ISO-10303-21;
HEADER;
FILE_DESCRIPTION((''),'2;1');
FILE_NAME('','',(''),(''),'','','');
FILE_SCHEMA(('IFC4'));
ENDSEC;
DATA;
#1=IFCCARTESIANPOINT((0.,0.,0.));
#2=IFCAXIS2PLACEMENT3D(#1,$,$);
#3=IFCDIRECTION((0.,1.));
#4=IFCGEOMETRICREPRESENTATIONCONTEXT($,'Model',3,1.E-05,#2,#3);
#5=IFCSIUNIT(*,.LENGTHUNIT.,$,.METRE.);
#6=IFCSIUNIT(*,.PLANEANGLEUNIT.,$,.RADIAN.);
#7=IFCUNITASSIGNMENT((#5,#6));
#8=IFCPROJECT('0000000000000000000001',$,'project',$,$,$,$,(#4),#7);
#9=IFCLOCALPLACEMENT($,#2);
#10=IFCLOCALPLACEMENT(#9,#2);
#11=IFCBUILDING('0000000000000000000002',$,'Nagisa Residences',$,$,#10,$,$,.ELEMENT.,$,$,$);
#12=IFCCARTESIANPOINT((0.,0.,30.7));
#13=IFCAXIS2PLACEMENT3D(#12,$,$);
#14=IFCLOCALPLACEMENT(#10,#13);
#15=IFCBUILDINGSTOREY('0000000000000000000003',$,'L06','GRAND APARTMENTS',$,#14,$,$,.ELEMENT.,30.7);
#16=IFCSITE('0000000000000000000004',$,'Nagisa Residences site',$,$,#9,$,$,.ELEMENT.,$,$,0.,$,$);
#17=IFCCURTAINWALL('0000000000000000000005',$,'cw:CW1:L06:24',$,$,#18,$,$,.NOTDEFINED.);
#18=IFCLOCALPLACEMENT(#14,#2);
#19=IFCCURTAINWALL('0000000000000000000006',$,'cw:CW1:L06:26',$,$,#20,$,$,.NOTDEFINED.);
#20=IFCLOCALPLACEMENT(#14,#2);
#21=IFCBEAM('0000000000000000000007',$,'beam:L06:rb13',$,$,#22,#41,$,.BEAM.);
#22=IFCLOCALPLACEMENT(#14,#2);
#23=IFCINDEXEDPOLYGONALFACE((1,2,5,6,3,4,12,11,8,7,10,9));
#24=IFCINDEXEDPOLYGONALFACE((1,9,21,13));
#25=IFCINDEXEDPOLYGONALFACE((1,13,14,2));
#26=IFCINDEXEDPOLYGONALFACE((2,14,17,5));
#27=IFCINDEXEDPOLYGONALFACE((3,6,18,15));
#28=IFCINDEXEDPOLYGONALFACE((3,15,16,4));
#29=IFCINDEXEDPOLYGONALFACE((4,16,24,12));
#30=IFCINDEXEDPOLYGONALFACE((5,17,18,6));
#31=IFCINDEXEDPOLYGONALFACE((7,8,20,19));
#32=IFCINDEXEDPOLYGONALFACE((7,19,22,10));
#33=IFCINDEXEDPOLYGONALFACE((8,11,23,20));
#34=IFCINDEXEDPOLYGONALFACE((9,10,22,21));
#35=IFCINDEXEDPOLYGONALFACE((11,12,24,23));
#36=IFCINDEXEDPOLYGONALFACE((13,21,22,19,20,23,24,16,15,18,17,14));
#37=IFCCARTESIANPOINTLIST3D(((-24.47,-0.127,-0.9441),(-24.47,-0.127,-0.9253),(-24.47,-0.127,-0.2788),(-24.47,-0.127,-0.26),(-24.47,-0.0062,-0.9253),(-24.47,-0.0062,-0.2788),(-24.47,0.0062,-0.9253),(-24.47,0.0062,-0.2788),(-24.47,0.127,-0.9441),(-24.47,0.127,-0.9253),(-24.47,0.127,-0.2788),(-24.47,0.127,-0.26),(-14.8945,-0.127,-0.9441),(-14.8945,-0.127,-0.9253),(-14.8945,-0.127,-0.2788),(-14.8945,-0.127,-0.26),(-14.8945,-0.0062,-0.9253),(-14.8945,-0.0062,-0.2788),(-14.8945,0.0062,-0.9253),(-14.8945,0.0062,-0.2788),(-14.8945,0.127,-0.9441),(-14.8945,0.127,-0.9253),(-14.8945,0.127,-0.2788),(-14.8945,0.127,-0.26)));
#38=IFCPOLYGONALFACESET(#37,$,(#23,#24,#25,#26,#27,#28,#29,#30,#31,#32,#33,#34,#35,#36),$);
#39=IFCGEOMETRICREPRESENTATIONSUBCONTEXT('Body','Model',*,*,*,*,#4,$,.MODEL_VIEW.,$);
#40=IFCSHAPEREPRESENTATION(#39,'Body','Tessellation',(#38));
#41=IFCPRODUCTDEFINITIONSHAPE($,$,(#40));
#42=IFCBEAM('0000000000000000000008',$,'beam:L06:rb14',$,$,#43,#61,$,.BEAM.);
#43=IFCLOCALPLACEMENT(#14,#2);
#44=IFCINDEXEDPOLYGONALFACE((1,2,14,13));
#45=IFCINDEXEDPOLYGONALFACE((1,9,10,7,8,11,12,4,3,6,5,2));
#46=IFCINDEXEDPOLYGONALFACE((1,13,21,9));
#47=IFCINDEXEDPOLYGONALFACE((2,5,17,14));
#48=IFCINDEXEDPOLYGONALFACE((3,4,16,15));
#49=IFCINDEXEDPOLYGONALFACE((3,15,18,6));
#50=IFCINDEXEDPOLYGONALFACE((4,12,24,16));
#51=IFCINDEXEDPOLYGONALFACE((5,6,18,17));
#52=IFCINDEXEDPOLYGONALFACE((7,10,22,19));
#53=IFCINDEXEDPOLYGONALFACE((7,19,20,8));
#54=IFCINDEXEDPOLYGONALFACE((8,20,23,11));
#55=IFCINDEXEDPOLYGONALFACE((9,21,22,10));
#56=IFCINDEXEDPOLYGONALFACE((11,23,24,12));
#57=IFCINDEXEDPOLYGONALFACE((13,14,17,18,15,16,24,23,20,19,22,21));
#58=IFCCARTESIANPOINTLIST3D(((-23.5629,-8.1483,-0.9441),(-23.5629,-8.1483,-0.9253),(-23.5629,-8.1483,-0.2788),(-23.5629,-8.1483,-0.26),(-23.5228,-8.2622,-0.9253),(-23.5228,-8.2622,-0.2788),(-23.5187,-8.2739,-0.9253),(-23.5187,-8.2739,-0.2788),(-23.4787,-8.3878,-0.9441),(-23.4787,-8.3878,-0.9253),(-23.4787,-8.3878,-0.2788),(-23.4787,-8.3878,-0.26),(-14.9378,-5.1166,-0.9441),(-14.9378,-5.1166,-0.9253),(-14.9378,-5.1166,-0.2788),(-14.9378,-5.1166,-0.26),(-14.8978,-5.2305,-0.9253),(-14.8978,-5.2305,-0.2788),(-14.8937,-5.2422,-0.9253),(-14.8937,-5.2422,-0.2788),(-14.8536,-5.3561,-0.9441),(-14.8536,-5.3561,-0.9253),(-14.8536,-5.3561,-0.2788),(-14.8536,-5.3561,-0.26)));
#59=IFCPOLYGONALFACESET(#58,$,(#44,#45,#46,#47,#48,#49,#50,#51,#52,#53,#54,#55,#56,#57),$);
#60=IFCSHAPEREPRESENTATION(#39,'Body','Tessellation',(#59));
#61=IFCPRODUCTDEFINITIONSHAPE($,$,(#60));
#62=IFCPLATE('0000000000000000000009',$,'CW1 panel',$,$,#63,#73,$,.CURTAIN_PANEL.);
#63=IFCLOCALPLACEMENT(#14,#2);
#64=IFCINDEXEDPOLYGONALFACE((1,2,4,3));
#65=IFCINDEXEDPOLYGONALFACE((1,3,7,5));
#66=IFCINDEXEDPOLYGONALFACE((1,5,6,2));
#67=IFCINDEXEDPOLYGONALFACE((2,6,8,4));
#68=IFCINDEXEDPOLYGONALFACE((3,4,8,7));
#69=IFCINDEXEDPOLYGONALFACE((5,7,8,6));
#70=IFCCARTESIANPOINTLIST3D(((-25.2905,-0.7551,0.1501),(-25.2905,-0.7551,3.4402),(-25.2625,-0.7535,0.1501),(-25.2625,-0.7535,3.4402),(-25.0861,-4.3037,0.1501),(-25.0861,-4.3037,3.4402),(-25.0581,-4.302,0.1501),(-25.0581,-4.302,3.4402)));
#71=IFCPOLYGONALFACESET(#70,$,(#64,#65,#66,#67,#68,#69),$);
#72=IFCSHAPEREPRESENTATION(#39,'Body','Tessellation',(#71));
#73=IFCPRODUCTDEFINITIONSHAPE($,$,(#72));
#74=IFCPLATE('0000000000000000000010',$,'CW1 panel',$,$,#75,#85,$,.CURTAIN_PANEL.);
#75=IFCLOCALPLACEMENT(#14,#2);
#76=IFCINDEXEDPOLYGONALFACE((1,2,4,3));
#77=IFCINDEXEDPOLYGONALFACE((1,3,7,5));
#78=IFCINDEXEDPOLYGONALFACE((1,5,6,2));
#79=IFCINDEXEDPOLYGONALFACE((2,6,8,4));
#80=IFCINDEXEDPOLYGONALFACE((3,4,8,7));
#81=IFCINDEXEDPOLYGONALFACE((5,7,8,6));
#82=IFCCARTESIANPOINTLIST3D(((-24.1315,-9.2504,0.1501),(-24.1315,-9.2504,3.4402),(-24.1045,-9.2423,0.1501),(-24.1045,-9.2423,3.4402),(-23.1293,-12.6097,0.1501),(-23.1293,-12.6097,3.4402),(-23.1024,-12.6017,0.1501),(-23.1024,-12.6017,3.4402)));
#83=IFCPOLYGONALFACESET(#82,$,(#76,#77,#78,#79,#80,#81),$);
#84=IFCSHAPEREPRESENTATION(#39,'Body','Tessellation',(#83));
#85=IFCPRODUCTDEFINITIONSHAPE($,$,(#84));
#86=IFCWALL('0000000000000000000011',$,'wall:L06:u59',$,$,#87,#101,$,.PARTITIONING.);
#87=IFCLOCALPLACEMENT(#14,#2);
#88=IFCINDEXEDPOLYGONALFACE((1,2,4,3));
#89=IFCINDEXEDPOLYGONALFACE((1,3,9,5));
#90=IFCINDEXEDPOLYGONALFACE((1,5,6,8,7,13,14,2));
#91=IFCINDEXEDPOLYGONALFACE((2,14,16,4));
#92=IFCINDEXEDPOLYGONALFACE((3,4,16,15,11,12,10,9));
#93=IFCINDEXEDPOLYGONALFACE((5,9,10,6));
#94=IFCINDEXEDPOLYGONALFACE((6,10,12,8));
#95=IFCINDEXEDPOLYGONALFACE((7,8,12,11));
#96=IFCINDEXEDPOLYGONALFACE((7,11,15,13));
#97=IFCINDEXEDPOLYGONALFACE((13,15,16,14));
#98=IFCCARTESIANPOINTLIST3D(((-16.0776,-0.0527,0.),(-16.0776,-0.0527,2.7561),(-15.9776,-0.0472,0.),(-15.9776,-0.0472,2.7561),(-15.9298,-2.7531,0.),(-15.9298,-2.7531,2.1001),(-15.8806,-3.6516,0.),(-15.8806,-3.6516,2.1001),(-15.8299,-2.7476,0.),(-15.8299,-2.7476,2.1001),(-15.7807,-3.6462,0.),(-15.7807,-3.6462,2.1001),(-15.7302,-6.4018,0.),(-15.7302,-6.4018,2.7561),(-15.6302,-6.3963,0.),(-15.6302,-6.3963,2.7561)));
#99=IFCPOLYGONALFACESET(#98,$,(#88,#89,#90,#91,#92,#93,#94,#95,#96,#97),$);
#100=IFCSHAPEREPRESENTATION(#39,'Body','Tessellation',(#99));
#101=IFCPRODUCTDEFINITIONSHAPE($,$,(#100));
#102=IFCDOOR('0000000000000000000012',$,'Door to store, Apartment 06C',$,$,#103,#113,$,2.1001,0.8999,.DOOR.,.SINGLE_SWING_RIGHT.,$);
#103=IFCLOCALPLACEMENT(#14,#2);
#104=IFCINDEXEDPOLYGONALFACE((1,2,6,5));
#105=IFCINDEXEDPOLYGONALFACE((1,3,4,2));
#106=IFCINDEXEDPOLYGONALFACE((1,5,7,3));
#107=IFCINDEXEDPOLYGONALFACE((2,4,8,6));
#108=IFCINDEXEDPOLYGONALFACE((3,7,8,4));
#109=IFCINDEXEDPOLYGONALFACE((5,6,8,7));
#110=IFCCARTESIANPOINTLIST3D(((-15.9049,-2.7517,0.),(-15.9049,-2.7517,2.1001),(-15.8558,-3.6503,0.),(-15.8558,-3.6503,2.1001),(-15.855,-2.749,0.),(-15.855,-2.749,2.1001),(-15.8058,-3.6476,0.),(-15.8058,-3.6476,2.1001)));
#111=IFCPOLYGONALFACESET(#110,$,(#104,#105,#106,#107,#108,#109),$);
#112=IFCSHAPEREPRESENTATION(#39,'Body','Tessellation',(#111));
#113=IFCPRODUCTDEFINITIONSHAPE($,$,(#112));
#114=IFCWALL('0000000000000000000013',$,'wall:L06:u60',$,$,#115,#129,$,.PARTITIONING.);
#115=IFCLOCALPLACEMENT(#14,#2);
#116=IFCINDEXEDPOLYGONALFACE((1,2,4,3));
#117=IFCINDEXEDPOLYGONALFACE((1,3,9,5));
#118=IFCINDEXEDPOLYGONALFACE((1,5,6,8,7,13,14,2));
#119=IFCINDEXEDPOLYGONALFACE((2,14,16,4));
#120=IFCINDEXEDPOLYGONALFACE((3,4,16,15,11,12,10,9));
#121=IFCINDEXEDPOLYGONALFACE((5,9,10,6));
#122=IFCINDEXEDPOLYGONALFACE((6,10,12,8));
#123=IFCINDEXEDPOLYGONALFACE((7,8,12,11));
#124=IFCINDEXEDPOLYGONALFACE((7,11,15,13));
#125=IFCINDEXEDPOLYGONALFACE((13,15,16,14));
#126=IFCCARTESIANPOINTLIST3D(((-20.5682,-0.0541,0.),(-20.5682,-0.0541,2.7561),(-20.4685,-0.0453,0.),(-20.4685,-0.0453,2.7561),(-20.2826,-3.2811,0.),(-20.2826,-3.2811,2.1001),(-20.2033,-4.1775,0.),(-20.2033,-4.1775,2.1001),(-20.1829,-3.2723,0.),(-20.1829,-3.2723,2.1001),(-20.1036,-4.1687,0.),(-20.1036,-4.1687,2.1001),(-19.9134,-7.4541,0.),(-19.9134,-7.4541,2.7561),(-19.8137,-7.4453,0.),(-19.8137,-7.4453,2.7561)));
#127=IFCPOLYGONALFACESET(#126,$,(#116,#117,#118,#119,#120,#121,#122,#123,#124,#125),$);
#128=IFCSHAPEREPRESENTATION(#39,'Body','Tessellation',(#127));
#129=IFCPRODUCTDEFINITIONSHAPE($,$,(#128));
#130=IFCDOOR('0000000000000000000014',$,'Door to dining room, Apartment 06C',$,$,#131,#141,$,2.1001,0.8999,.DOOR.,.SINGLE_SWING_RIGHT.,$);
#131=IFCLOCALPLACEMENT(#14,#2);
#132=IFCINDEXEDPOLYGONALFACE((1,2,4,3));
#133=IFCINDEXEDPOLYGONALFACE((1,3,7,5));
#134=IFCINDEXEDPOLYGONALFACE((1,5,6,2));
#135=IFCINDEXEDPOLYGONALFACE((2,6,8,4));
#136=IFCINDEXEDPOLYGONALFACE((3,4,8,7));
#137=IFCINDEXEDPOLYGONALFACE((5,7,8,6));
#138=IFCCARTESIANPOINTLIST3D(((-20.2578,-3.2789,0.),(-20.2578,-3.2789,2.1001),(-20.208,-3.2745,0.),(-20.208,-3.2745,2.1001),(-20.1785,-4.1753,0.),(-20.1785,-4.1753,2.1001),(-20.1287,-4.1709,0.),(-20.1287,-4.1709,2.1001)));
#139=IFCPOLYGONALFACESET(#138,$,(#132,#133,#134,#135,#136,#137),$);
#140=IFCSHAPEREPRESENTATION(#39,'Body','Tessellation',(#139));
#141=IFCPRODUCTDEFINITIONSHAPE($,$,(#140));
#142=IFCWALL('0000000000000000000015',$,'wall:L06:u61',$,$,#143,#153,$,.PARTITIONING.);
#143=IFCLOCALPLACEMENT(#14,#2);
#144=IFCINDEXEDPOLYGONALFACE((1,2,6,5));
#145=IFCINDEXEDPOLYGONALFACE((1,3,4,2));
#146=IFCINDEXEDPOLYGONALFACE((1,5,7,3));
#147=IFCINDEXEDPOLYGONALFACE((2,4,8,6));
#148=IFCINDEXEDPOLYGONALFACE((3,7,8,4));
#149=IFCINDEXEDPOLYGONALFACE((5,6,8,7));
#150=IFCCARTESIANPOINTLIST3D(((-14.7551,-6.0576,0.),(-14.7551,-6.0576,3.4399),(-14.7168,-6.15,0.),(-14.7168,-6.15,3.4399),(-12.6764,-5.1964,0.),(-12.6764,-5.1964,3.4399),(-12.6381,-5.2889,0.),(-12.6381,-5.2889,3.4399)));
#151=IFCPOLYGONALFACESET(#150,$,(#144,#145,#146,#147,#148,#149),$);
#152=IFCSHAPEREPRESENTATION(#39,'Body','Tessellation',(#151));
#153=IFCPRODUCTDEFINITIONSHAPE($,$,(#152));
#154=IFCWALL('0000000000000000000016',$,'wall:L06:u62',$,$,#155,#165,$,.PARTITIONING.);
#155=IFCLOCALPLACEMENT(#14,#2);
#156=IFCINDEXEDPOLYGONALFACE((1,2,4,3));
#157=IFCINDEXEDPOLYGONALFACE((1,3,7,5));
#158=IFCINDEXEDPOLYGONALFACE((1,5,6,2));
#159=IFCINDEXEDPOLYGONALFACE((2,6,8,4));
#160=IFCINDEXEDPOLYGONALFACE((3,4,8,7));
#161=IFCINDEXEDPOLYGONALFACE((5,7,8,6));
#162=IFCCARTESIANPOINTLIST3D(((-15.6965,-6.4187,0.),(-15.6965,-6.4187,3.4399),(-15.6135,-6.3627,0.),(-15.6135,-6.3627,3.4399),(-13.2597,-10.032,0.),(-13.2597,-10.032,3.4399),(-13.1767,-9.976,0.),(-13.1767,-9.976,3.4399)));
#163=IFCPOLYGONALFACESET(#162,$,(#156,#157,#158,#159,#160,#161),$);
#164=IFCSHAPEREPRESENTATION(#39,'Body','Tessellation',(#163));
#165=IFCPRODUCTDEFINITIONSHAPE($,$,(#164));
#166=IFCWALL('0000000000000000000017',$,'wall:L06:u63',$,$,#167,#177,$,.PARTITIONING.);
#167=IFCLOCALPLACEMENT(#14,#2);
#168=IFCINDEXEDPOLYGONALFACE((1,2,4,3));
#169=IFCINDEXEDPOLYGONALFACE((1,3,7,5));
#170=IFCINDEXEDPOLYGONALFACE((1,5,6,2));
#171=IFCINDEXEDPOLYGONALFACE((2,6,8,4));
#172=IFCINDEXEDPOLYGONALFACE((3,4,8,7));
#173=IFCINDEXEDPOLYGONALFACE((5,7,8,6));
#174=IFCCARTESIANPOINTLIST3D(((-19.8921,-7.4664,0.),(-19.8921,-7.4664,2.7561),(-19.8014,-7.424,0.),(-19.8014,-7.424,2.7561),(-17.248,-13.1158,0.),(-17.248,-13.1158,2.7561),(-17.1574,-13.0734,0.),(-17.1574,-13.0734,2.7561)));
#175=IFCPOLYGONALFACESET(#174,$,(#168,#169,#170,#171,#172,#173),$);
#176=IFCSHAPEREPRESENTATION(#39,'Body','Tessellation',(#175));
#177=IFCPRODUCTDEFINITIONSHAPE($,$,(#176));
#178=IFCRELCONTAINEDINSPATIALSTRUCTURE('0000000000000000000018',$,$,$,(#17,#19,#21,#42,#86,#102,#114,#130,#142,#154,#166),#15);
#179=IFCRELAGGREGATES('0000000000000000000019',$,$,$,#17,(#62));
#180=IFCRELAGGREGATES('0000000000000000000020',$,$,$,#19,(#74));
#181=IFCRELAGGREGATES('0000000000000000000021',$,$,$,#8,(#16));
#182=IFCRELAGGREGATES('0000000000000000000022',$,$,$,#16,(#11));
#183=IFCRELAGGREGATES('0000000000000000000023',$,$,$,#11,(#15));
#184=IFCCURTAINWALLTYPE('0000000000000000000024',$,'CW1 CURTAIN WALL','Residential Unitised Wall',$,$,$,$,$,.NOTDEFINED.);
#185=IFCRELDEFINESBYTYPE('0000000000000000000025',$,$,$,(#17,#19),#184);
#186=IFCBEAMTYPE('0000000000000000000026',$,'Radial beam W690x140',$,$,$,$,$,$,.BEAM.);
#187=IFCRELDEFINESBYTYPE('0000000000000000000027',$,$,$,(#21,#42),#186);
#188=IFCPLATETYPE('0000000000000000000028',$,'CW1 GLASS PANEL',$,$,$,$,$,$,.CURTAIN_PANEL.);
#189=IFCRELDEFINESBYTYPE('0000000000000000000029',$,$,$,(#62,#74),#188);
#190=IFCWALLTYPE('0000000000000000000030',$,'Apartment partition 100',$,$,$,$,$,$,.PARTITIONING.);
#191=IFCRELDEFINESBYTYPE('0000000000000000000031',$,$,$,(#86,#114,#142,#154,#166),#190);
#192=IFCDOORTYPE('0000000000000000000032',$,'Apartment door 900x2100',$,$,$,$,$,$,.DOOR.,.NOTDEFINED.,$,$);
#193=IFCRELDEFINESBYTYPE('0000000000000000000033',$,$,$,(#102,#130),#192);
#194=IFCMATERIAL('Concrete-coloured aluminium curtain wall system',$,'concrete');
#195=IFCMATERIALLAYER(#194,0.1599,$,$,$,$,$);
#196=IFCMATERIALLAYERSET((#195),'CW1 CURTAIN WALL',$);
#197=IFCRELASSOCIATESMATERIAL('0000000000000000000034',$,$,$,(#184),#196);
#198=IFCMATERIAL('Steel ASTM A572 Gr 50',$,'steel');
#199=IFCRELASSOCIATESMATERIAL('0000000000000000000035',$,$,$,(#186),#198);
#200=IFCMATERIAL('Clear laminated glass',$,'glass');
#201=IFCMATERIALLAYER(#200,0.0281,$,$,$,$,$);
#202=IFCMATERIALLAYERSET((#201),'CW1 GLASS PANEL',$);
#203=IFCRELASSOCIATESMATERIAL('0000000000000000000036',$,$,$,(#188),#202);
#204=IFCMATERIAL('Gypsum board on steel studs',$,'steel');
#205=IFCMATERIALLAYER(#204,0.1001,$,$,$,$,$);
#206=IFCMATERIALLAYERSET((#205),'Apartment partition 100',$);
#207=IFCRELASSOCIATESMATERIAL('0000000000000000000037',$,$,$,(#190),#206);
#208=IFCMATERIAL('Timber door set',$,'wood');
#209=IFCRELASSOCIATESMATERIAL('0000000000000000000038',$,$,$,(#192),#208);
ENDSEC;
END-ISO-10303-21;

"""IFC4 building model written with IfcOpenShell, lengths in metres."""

from ifc_helpers import new_model, si_unit, direction, frame, frame_2d, origin, origin_2d, place, context, subcontext, project, spatial, rectangle, i_section, extrude, material, layer, layer_set, material_profile, profile_set, type_object, element, fill, aggregate, save


model = new_model("IFC4")

# Units and contexts
model_context = context("Model", 3, precision=1e-05, world=origin(), true_north=direction((0.0, 1.0)))
body_context = subcontext(model_context, "Body", "Model", "MODEL_VIEW")
ifc_project = project(units=[si_unit("LENGTHUNIT", "METRE"), si_unit("PLANEANGLEUNIT", "RADIAN")], contexts=[model_context])

# Site, building, storey
site_placement = place(None, origin())
site = spatial("IfcSite", under=ifc_project, at=site_placement, Name="Nagisa Residences site", CompositionType="ELEMENT", RefElevation=0.0)
building_placement = place(site_placement, origin())
building = spatial("IfcBuilding", under=site, at=building_placement, Name="Nagisa Residences", CompositionType="ELEMENT")
storey_placement = place(building_placement, frame((0.0, 0.0, 30.7)))
storey = spatial("IfcBuildingStorey", under=building, at=storey_placement, Name="L06", Description="GRAND APARTMENTS", CompositionType="ELEMENT", Elevation=30.7)

# Curtain walls
ifc_material_1 = material(Name="Concrete-coloured aluminium curtain wall system", Category="concrete")
ifc_layer_1 = layer(ifc_material_1, 0.1599)
ifc_layer_set_1 = layer_set([ifc_layer_1], Name="CW1 CURTAIN WALL")
curtain_wall_type = type_object("IfcCurtainWallType", Name="CW1 CURTAIN WALL", Description="Residential Unitised Wall", PredefinedType="NOTDEFINED", material=ifc_layer_set_1)
curtain_wall_1_placement = place(storey_placement, origin())
curtain_wall_1 = element("IfcCurtainWall", 1, at=curtain_wall_1_placement, inside=storey, type_object=curtain_wall_type, Name="cw:CW1:L06:24", PredefinedType="NOTDEFINED")
curtain_wall_2_placement = place(storey_placement, origin())
curtain_wall_2 = element("IfcCurtainWall", 2, at=curtain_wall_2_placement, inside=storey, type_object=curtain_wall_type, Name="cw:CW1:L06:26", PredefinedType="NOTDEFINED")

# Beams
ifc_material_2 = material(Name="Steel ASTM A572 Gr 50", Category="steel")
ifc_material_profile_1 = material_profile(ifc_material_2, i_section(OverallWidth=0.2539, OverallDepth=0.6841, WebThickness=0.0125, FlangeThickness=0.0188, at=origin_2d()), Name="W690x140")
ifc_profile_set_1 = profile_set([ifc_material_profile_1], Name="Steel ASTM A572 Gr 50")
beam_type_1 = type_object("IfcBeamType", Name="Radial beam W690x140", PredefinedType="BEAM", material=ifc_profile_set_1)
beam_1_placement = place(storey_placement, frame((-24.47, 0.0, -0.6021), z_axis=(1.0, 0.0, 0.0), x_axis=(0.0, 1.0, 0.0)))
element("IfcBeam", 3, at=beam_1_placement, inside=storey, type_object=beam_type_1, Name="beam:L06:rb13", PredefinedType="BEAM", context=body_context, shape_type="SweptSolid", body=[
    extrude(i_section(OverallWidth=0.2539, OverallDepth=0.6841, WebThickness=0.0125, FlangeThickness=0.0188, at=origin_2d()), origin(), (0.0, 0.0, 1.0), 9.5754),
])
beam_2_placement = place(storey_placement, frame((-23.5208, -8.2681, -0.6021), z_axis=(0.943415, 0.331616, 0.0), x_axis=(-0.331616, 0.943415, 0.0)))
element("IfcBeam", 4, at=beam_2_placement, inside=storey, type_object=beam_type_1, Name="beam:L06:rb14", PredefinedType="BEAM", context=body_context, shape_type="SweptSolid", body=[
    extrude(i_section(OverallWidth=0.2539, OverallDepth=0.6841, WebThickness=0.0125, FlangeThickness=0.0188, at=origin_2d()), origin(), (0.0, 0.0, 1.0), 9.1423),
])

# Plates
ifc_material_3 = material(Name="Clear laminated glass", Category="glass")
ifc_layer_2 = layer(ifc_material_3, 0.0281)
ifc_layer_set_2 = layer_set([ifc_layer_2], Name="CW1 GLASS PANEL")
plate_type = type_object("IfcPlateType", Name="CW1 GLASS PANEL", PredefinedType="CURTAIN_PANEL", material=ifc_layer_set_2)
plate_1_placement = place(storey_placement, frame((-25.1743, -2.5286, 0.1501), z_axis=(0.0, 0.0, 1.0), x_axis=(0.057503, -0.998345, 0.0)))
plate_1 = element("IfcPlate", 5, at=plate_1_placement, type_object=plate_type, Name="CW1 panel", PredefinedType="CURTAIN_PANEL", context=body_context, shape_type="SweptSolid", body=[
    extrude(rectangle(XDim=3.5544, YDim=0.0281, at=origin_2d()), origin(), (0.0, 0.0, 1.0), 3.29),
])
aggregate(curtain_wall_1, [plate_1])
plate_2_placement = place(storey_placement, frame((-23.6169, -10.926, 0.1501), z_axis=(0.0, 0.0, 1.0), x_axis=(0.28586, -0.958271, 0.0)))
plate_2 = element("IfcPlate", 6, at=plate_2_placement, type_object=plate_type, Name="CW1 panel", PredefinedType="CURTAIN_PANEL", context=body_context, shape_type="SweptSolid", body=[
    extrude(rectangle(XDim=3.5056, YDim=0.0281, at=origin_2d()), origin(), (0.0, 0.0, 1.0), 3.29),
])
aggregate(curtain_wall_2, [plate_2])

# Walls, openings, doors
ifc_material_4 = material(Name="Gypsum board on steel studs", Category="steel")
ifc_layer_3 = layer(ifc_material_4, 0.1001)
ifc_layer_set_3 = layer_set([ifc_layer_3], Name="Apartment partition 100")
wall_type_1 = type_object("IfcWallType", Name="Apartment partition 100", PredefinedType="PARTITIONING", material=ifc_layer_set_3)
wall_1_placement = place(storey_placement, frame((-16.0276, -0.05, 0.0), z_axis=(0.0, 0.0, 1.0), x_axis=(0.054636, -0.998506, 0.0)))
wall_1 = element("IfcWall", 7, at=wall_1_placement, inside=storey, type_object=wall_type_1, Name="wall:L06:u59", PredefinedType="PARTITIONING", context=body_context, shape_type="SweptSolid", body=[
    extrude(rectangle(XDim=6.3586, YDim=0.1001, at=frame_2d((3.1792, 0.0))), origin(), (0.0, 0.0, 1.0), 2.7561),
])
opening_1_placement = place(wall_1_placement, frame((2.7043, 0.0, 0.0)))
opening_1 = element("IfcOpeningElement", 8, at=opening_1_placement, cuts=wall_1, PredefinedType="OPENING", context=body_context, shape_type="SweptSolid", body=[
    extrude(rectangle(XDim=0.8999, YDim=2.1001, at=frame_2d((0.45, 1.05))), frame((0.0, 0.0601, 0.0), z_axis=(0.0, -1.0, 0.0), x_axis=(1.0, 0.0, 0.0)), (0.0, 0.0, 1.0), 0.1201),
])
ifc_material_5 = material(Name="Timber door set", Category="wood")
door_type_1 = type_object("IfcDoorType", Name="Apartment door 900x2100", OperationType="NOTDEFINED", PredefinedType="DOOR", material=ifc_material_5)
door_1_placement = place(opening_1_placement, origin())
door_1 = element("IfcDoor", 9, at=door_1_placement, inside=storey, type_object=door_type_1, Name="Door to store, Apartment 06C", OperationType="SINGLE_SWING_RIGHT", OverallHeight=2.1001, OverallWidth=0.8999, PredefinedType="DOOR", context=body_context, shape_type="SweptSolid", body=[
    extrude(rectangle(XDim=0.8999, YDim=2.1001, at=frame_2d((0.45, 1.05))), frame((0.0, 0.0249, 0.0), z_axis=(0.0, -1.0, 0.0), x_axis=(1.0, 0.0, 0.0)), (0.0, 0.0, 1.0), 0.05),
])
fill(opening_1, door_1)
wall_2_placement = place(storey_placement, frame((-20.5183, -0.0498, 0.0), z_axis=(0.0, 0.0, 1.0), x_axis=(0.088138, -0.996108, 0.0)))
wall_2 = element("IfcWall", 10, at=wall_2_placement, inside=storey, type_object=wall_type_1, Name="wall:L06:u60", PredefinedType="PARTITIONING", context=body_context, shape_type="SweptSolid", body=[
    extrude(rectangle(XDim=7.429, YDim=0.1001, at=frame_2d((3.7144, 0.0))), origin(), (0.0, 0.0, 1.0), 2.7561),
])
opening_2_placement = place(wall_2_placement, frame((3.2395, 0.0, 0.0)))
opening_2 = element("IfcOpeningElement", 11, at=opening_2_placement, cuts=wall_2, PredefinedType="OPENING", context=body_context, shape_type="SweptSolid", body=[
    extrude(rectangle(XDim=0.8999, YDim=2.1001, at=frame_2d((0.45, 1.05))), frame((0.0, 0.0601, 0.0), z_axis=(0.0, -1.0, 0.0), x_axis=(1.0, 0.0, 0.0)), (0.0, 0.0, 1.0), 0.1201),
])
door_2_placement = place(opening_2_placement, origin())
door_2 = element("IfcDoor", 12, at=door_2_placement, inside=storey, type_object=door_type_1, Name="Door to dining room, Apartment 06C", OperationType="SINGLE_SWING_RIGHT", OverallHeight=2.1001, OverallWidth=0.8999, PredefinedType="DOOR", context=body_context, shape_type="SweptSolid", body=[
    extrude(rectangle(XDim=0.8999, YDim=2.1001, at=frame_2d((0.45, 1.05))), frame((0.0, 0.0249, 0.0), z_axis=(0.0, -1.0, 0.0), x_axis=(1.0, 0.0, 0.0)), (0.0, 0.0, 1.0), 0.05),
])
fill(opening_2, door_2)

# Walls
wall_3_placement = place(storey_placement, frame((-12.6572, -5.2427, 0.0), z_axis=(0.0, 0.0, 1.0), x_axis=(-0.923865, -0.382719, 0.0)))
element("IfcWall", 13, at=wall_3_placement, inside=storey, type_object=wall_type_1, Name="wall:L06:u61", PredefinedType="PARTITIONING", context=body_context, shape_type="SweptSolid", body=[
    extrude(rectangle(XDim=2.25, YDim=0.1001, at=frame_2d((1.125, 0.0))), origin(), (0.0, 0.0, 1.0), 3.4399),
])
wall_4_placement = place(storey_placement, frame((-15.655, -6.3906, 0.0), z_axis=(0.0, 0.0, 1.0), x_axis=(0.559126, -0.829082, 0.0)))
element("IfcWall", 14, at=wall_4_placement, inside=storey, type_object=wall_type_1, Name="wall:L06:u62", PredefinedType="PARTITIONING", context=body_context, shape_type="SweptSolid", body=[
    extrude(rectangle(XDim=4.3582, YDim=0.1001, at=frame_2d((2.1792, 0.0))), origin(), (0.0, 0.0, 1.0), 3.4399),
])
wall_5_placement = place(storey_placement, frame((-19.8467, -7.4453, 0.0), z_axis=(0.0, 0.0, 1.0), x_axis=(0.423892, -0.905713, 0.0)))
element("IfcWall", 15, at=wall_5_placement, inside=storey, type_object=wall_type_1, Name="wall:L06:u63", PredefinedType="PARTITIONING", context=body_context, shape_type="SweptSolid", body=[
    extrude(rectangle(XDim=6.2375, YDim=0.1001, at=frame_2d((3.1187, 0.0))), origin(), (0.0, 0.0, 1.0), 2.7561),
])

save(model, "model.ifc")
